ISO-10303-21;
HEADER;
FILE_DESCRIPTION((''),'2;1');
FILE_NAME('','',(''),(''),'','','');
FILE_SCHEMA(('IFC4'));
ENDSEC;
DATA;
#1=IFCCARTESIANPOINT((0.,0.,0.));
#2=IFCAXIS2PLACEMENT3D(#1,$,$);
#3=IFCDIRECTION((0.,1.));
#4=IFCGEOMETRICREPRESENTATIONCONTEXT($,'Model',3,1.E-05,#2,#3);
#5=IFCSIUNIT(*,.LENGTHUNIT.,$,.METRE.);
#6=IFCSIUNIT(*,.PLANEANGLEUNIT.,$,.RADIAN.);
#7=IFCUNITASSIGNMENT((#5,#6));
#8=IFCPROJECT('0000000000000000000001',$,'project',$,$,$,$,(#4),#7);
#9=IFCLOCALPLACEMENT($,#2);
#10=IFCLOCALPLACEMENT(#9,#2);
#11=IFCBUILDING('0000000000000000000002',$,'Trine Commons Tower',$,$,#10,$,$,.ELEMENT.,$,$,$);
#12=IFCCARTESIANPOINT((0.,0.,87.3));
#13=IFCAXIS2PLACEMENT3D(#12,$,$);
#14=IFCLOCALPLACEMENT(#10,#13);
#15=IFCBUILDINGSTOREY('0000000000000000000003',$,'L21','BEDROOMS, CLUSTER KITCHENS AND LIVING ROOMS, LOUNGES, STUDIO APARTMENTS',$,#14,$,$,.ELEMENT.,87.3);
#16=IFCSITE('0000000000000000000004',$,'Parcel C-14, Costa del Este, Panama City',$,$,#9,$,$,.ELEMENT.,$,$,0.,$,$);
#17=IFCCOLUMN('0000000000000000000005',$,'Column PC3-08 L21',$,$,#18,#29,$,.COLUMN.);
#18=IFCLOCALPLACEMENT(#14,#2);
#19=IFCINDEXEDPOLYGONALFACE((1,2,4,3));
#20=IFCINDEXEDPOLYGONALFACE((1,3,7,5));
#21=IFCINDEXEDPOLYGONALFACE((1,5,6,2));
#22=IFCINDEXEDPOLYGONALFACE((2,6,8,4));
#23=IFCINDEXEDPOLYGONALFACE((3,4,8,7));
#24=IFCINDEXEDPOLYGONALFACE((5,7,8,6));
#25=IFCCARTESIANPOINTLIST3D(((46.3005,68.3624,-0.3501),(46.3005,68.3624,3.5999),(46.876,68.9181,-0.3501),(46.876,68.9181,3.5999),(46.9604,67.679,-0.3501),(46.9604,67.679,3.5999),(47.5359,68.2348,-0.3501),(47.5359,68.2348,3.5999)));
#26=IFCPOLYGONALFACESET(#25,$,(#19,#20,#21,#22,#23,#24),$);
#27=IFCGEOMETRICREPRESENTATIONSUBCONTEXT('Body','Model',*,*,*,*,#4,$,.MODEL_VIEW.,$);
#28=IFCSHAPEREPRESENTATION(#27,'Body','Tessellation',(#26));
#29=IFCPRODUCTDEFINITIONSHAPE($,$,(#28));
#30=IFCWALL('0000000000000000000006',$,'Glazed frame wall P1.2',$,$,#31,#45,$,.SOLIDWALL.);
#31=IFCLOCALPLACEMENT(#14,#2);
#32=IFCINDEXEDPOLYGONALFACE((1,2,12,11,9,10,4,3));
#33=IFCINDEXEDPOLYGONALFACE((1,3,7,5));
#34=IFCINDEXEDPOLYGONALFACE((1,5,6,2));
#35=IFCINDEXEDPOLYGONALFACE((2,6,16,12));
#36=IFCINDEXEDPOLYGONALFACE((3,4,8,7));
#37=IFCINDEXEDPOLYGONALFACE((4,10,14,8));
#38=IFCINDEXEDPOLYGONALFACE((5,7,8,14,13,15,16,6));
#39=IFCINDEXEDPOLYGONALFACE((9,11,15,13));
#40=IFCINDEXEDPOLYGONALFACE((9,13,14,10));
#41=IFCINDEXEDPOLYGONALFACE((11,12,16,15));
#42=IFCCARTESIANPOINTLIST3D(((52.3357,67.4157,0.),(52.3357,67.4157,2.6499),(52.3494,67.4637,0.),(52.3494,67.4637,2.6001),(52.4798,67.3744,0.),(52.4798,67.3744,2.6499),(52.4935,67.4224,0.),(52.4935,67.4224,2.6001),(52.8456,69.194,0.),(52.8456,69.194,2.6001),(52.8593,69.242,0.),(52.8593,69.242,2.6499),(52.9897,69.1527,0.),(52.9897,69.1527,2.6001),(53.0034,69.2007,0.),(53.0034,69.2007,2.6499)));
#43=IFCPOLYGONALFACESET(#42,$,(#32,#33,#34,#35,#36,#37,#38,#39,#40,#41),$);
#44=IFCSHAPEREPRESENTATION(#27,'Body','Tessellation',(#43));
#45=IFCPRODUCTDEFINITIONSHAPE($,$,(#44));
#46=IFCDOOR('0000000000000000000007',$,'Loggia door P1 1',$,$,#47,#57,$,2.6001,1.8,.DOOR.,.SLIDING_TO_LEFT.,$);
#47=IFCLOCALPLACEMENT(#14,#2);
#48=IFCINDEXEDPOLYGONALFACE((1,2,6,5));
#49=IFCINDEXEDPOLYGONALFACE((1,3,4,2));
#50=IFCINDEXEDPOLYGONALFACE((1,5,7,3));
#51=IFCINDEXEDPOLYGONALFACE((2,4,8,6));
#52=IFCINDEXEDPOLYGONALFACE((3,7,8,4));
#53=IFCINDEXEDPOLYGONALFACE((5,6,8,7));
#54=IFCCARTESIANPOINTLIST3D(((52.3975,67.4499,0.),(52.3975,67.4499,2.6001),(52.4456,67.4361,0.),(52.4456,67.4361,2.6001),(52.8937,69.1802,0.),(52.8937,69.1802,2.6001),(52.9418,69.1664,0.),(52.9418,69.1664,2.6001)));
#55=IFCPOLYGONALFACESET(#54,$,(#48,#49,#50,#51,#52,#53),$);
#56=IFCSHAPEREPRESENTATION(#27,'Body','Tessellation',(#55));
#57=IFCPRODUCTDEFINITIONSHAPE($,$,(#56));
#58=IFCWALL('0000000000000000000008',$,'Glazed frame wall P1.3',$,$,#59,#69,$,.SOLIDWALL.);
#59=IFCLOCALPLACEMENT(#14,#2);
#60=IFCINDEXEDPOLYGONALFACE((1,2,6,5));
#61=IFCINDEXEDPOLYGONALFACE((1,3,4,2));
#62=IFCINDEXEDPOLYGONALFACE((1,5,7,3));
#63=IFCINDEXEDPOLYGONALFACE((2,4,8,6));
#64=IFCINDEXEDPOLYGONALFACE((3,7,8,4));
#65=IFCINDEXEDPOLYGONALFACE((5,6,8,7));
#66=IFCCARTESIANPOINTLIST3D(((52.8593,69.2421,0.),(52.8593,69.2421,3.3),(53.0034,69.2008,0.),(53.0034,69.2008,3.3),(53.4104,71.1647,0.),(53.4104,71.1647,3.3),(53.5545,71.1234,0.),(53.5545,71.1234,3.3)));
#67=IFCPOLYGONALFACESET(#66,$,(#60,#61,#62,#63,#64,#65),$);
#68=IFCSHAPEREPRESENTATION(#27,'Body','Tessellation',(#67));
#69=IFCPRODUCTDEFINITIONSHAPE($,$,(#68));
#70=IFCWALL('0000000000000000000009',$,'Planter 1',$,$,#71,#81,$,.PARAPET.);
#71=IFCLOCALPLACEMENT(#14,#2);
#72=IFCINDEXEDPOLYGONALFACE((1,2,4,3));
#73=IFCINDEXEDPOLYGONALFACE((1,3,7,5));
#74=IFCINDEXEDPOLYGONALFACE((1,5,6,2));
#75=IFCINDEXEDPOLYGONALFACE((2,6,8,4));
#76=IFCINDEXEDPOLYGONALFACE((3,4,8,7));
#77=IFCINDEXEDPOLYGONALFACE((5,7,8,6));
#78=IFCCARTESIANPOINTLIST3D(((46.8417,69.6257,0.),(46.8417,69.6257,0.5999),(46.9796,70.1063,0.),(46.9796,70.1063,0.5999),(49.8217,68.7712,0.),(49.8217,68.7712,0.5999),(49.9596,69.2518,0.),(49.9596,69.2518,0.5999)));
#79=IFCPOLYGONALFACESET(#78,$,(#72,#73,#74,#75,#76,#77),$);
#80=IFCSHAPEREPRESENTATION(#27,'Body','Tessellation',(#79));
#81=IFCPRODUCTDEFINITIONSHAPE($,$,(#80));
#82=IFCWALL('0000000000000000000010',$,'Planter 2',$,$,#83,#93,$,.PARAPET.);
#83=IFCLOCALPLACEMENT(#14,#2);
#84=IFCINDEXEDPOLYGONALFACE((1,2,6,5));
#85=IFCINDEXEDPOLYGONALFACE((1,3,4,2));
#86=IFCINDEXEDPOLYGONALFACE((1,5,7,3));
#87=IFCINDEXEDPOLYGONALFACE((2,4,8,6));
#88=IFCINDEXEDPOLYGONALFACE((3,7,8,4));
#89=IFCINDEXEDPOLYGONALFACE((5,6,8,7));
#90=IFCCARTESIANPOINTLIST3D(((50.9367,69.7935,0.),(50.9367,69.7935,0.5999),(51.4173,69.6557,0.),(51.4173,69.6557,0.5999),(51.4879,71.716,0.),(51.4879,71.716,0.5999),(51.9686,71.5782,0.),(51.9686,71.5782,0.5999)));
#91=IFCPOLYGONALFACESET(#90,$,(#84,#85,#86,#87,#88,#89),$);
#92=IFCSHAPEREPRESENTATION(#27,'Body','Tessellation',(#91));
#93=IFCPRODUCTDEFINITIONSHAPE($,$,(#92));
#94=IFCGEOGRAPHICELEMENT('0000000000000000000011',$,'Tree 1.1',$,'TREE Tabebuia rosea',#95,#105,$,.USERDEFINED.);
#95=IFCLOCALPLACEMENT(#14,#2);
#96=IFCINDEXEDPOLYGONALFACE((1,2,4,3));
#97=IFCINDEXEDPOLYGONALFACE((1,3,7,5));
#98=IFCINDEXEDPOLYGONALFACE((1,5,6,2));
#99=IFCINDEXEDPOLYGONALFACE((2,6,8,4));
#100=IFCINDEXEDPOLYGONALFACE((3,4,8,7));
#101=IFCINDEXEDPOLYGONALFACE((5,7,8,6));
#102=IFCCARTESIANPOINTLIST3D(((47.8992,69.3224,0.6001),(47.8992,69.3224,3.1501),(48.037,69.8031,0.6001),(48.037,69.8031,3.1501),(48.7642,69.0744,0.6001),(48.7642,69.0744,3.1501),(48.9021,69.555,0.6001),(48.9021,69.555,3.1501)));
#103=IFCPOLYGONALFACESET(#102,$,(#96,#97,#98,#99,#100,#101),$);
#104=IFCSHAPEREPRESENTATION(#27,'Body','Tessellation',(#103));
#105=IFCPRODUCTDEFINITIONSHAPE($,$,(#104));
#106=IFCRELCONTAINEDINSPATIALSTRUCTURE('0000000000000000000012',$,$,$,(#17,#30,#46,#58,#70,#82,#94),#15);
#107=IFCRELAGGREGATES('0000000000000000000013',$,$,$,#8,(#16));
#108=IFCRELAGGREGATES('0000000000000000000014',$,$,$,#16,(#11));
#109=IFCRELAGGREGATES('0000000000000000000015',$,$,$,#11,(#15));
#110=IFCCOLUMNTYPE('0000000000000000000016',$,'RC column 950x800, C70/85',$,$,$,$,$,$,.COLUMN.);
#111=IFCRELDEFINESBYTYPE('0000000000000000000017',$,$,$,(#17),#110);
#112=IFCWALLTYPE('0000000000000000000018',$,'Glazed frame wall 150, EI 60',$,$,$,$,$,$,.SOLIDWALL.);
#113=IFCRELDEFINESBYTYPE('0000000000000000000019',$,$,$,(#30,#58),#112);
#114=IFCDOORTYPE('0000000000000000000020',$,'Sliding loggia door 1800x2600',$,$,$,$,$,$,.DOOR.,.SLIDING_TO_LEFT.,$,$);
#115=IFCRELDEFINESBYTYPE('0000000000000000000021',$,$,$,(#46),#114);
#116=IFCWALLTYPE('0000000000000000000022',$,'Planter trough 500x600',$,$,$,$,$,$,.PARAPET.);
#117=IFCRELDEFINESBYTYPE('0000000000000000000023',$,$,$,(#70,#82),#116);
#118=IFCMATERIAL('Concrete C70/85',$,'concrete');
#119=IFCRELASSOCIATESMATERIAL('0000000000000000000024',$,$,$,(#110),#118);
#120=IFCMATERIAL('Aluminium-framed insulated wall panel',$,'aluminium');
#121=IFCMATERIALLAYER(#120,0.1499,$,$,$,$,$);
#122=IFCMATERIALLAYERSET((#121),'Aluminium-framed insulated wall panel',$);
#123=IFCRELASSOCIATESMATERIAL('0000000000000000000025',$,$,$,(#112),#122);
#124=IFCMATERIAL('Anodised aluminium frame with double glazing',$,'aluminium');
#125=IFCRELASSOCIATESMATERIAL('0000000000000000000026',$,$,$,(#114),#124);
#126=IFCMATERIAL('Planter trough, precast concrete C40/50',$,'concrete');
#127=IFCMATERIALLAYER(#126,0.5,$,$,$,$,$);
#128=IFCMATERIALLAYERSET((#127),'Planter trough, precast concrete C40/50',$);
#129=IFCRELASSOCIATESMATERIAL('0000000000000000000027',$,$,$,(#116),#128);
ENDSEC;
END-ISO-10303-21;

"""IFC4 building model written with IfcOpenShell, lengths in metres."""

from ifc_helpers import new_model, si_unit, direction, frame, frame_2d, origin, origin_2d, place, context, subcontext, project, spatial, polyline, rectangle, outline, extrude, material, layer, layer_set, material_profile, profile_set, type_object, element, fill, save


model = new_model("IFC4")

# Units and contexts
model_context = context("Model", 3, precision=1e-05, world=origin(), true_north=direction((0.0, 1.0)))
body_context = subcontext(model_context, "Body", "Model", "MODEL_VIEW")
ifc_project = project(units=[si_unit("LENGTHUNIT", "METRE"), si_unit("PLANEANGLEUNIT", "RADIAN")], contexts=[model_context])

# Site, building, storey
site_placement = place(None, origin())
site = spatial("IfcSite", under=ifc_project, at=site_placement, Name="Parcel C-14, Costa del Este, Panama City", CompositionType="ELEMENT", RefElevation=0.0)
building_placement = place(site_placement, origin())
building = spatial("IfcBuilding", under=site, at=building_placement, Name="Trine Commons Tower", CompositionType="ELEMENT")
storey_placement = place(building_placement, frame((0.0, 0.0, 87.3)))
storey = spatial("IfcBuildingStorey", under=building, at=storey_placement, Name="L21", Description="BEDROOMS, CLUSTER KITCHENS AND LIVING ROOMS, LOUNGES, STUDIO APARTMENTS", CompositionType="ELEMENT", Elevation=87.3)

# Column
ifc_material_1 = material(Name="Concrete C70/85", Category="concrete")
ifc_material_profile = material_profile(ifc_material_1, rectangle(XDim=0.95, YDim=0.8, at=origin_2d()), Name="RC 950x800")
ifc_profile_set = profile_set([ifc_material_profile], Name="Concrete C70/85")
column_type = type_object("IfcColumnType", Name="RC column 950x800, C70/85", PredefinedType="COLUMN", material=ifc_profile_set)
column_placement = place(storey_placement, frame((46.9182, 68.2986, -0.3501), z_axis=(0.0, 0.0, 1.0), x_axis=(-0.694658, 0.71934, 0.0)))
element("IfcColumn", 1, at=column_placement, inside=storey, type_object=column_type, Name="Column PC3-08 L21", PredefinedType="COLUMN", context=body_context, shape_type="SweptSolid", body=[
    extrude(rectangle(XDim=0.95, YDim=0.8, at=origin_2d()), origin(), (0.0, 0.0, 1.0), 3.95),
])

# Wall, opening, door
ifc_material_2 = material(Name="Aluminium-framed insulated wall panel", Category="aluminium")
ifc_layer_1 = layer(ifc_material_2, 0.1499)
ifc_layer_set_1 = layer_set([ifc_layer_1], Name="Aluminium-framed insulated wall panel")
wall_type_1 = type_object("IfcWallType", Name="Glazed frame wall 150, EI 60", PredefinedType="SOLIDWALL", material=ifc_layer_set_1)
wall_1_placement = place(storey_placement, frame((52.4077, 67.395, 0.0), z_axis=(0.0, 0.0, 1.0), x_axis=(0.27562, 0.961267, 0.0)))
wall_1 = element("IfcWall", 2, at=wall_1_placement, inside=storey, type_object=wall_type_1, Name="Glazed frame wall P1.2", PredefinedType="SOLIDWALL", context=body_context, shape_type="SweptSolid", body=[
    extrude(outline(polyline([(0.0, -0.075), (1.8999, -0.075), (1.8999, 0.075), (0.0, 0.075), (0.0, -0.075)])), origin(), (0.0, 0.0, 1.0), 2.6499),
])
opening_placement = place(wall_1_placement, frame((0.05, 0.0, 0.0)))
opening = element("IfcOpeningElement", 3, at=opening_placement, cuts=wall_1, PredefinedType="OPENING", context=body_context, shape_type="SweptSolid", body=[
    extrude(rectangle(XDim=1.8, YDim=2.6001, at=frame_2d((0.8999, 1.3))), frame((0.0, 0.085, 0.0), z_axis=(0.0, -1.0, 0.0), x_axis=(1.0, 0.0, 0.0)), (0.0, 0.0, 1.0), 0.1699),
])
ifc_material_3 = material(Name="Anodised aluminium frame with double glazing", Category="aluminium")
door_type = type_object("IfcDoorType", Name="Sliding loggia door 1800x2600", OperationType="SLIDING_TO_LEFT", PredefinedType="DOOR", material=ifc_material_3)
door_placement = place(opening_placement, origin())
door = element("IfcDoor", 4, at=door_placement, inside=storey, type_object=door_type, Name="Loggia door P1 1", OperationType="SLIDING_TO_LEFT", OverallHeight=2.6001, OverallWidth=1.8, PredefinedType="DOOR", context=body_context, shape_type="SweptSolid", body=[
    extrude(rectangle(XDim=1.8, YDim=2.6001, at=frame_2d((0.8999, 1.3))), frame((0.0, 0.0249, 0.0), z_axis=(0.0, -1.0, 0.0), x_axis=(1.0, 0.0, 0.0)), (0.0, 0.0, 1.0), 0.05),
])
fill(opening, door)

# Walls
wall_2_placement = place(storey_placement, frame((52.9314, 69.2214, 0.0), z_axis=(0.0, 0.0, 1.0), x_axis=(0.275511, 0.961298, 0.0)))
element("IfcWall", 5, at=wall_2_placement, inside=storey, type_object=wall_type_1, Name="Glazed frame wall P1.3", PredefinedType="SOLIDWALL", context=body_context, shape_type="SweptSolid", body=[
    extrude(outline(polyline([(0.0, -0.075), (2.0, -0.075), (2.0, 0.075), (0.0, 0.075), (0.0, -0.075)])), origin(), (0.0, 0.0, 1.0), 3.3),
])
ifc_material_4 = material(Name="Planter trough, precast concrete C40/50", Category="concrete")
ifc_layer_2 = layer(ifc_material_4, 0.5)
ifc_layer_set_2 = layer_set([ifc_layer_2], Name="Planter trough, precast concrete C40/50")
wall_type_2 = type_object("IfcWallType", Name="Planter trough 500x600", PredefinedType="PARAPET", material=ifc_layer_set_2)
wall_3_placement = place(storey_placement, frame((46.9106, 69.866, 0.0), z_axis=(0.0, 0.0, 1.0), x_axis=(0.961262, -0.275636, 0.0)))
element("IfcWall", 6, at=wall_3_placement, inside=storey, type_object=wall_type_2, Name="Planter 1", PredefinedType="PARAPET", context=body_context, shape_type="SweptSolid", body=[
    extrude(rectangle(XDim=3.1001, YDim=0.5, at=frame_2d((1.55, 0.0))), origin(), (0.0, 0.0, 1.0), 0.5999),
])
wall_4_placement = place(storey_placement, frame((51.177, 69.7246, 0.0), z_axis=(0.0, 0.0, 1.0), x_axis=(0.275624, 0.961266, 0.0)))
element("IfcWall", 7, at=wall_4_placement, inside=storey, type_object=wall_type_2, Name="Planter 2", PredefinedType="PARAPET", context=body_context, shape_type="SweptSolid", body=[
    extrude(rectangle(XDim=2.0, YDim=0.5, at=frame_2d((1.0, 0.0))), origin(), (0.0, 0.0, 1.0), 0.5999),
])

# Geographic element
geographic_element_placement = place(storey_placement, frame((48.4006, 69.4387, 0.6001), z_axis=(0.0, 0.0, 1.0), x_axis=(0.961261, -0.275641, 0.0)))
element("IfcGeographicElement", 8, at=geographic_element_placement, inside=storey, Name="Tree 1.1", ObjectType="TREE Tabebuia rosea", PredefinedType="USERDEFINED", context=body_context, shape_type="SweptSolid", body=[
    extrude(rectangle(XDim=0.8999, YDim=0.5, at=origin_2d()), origin(), (0.0, 0.0, 1.0), 2.55),
])

save(model, "model.ifc")
